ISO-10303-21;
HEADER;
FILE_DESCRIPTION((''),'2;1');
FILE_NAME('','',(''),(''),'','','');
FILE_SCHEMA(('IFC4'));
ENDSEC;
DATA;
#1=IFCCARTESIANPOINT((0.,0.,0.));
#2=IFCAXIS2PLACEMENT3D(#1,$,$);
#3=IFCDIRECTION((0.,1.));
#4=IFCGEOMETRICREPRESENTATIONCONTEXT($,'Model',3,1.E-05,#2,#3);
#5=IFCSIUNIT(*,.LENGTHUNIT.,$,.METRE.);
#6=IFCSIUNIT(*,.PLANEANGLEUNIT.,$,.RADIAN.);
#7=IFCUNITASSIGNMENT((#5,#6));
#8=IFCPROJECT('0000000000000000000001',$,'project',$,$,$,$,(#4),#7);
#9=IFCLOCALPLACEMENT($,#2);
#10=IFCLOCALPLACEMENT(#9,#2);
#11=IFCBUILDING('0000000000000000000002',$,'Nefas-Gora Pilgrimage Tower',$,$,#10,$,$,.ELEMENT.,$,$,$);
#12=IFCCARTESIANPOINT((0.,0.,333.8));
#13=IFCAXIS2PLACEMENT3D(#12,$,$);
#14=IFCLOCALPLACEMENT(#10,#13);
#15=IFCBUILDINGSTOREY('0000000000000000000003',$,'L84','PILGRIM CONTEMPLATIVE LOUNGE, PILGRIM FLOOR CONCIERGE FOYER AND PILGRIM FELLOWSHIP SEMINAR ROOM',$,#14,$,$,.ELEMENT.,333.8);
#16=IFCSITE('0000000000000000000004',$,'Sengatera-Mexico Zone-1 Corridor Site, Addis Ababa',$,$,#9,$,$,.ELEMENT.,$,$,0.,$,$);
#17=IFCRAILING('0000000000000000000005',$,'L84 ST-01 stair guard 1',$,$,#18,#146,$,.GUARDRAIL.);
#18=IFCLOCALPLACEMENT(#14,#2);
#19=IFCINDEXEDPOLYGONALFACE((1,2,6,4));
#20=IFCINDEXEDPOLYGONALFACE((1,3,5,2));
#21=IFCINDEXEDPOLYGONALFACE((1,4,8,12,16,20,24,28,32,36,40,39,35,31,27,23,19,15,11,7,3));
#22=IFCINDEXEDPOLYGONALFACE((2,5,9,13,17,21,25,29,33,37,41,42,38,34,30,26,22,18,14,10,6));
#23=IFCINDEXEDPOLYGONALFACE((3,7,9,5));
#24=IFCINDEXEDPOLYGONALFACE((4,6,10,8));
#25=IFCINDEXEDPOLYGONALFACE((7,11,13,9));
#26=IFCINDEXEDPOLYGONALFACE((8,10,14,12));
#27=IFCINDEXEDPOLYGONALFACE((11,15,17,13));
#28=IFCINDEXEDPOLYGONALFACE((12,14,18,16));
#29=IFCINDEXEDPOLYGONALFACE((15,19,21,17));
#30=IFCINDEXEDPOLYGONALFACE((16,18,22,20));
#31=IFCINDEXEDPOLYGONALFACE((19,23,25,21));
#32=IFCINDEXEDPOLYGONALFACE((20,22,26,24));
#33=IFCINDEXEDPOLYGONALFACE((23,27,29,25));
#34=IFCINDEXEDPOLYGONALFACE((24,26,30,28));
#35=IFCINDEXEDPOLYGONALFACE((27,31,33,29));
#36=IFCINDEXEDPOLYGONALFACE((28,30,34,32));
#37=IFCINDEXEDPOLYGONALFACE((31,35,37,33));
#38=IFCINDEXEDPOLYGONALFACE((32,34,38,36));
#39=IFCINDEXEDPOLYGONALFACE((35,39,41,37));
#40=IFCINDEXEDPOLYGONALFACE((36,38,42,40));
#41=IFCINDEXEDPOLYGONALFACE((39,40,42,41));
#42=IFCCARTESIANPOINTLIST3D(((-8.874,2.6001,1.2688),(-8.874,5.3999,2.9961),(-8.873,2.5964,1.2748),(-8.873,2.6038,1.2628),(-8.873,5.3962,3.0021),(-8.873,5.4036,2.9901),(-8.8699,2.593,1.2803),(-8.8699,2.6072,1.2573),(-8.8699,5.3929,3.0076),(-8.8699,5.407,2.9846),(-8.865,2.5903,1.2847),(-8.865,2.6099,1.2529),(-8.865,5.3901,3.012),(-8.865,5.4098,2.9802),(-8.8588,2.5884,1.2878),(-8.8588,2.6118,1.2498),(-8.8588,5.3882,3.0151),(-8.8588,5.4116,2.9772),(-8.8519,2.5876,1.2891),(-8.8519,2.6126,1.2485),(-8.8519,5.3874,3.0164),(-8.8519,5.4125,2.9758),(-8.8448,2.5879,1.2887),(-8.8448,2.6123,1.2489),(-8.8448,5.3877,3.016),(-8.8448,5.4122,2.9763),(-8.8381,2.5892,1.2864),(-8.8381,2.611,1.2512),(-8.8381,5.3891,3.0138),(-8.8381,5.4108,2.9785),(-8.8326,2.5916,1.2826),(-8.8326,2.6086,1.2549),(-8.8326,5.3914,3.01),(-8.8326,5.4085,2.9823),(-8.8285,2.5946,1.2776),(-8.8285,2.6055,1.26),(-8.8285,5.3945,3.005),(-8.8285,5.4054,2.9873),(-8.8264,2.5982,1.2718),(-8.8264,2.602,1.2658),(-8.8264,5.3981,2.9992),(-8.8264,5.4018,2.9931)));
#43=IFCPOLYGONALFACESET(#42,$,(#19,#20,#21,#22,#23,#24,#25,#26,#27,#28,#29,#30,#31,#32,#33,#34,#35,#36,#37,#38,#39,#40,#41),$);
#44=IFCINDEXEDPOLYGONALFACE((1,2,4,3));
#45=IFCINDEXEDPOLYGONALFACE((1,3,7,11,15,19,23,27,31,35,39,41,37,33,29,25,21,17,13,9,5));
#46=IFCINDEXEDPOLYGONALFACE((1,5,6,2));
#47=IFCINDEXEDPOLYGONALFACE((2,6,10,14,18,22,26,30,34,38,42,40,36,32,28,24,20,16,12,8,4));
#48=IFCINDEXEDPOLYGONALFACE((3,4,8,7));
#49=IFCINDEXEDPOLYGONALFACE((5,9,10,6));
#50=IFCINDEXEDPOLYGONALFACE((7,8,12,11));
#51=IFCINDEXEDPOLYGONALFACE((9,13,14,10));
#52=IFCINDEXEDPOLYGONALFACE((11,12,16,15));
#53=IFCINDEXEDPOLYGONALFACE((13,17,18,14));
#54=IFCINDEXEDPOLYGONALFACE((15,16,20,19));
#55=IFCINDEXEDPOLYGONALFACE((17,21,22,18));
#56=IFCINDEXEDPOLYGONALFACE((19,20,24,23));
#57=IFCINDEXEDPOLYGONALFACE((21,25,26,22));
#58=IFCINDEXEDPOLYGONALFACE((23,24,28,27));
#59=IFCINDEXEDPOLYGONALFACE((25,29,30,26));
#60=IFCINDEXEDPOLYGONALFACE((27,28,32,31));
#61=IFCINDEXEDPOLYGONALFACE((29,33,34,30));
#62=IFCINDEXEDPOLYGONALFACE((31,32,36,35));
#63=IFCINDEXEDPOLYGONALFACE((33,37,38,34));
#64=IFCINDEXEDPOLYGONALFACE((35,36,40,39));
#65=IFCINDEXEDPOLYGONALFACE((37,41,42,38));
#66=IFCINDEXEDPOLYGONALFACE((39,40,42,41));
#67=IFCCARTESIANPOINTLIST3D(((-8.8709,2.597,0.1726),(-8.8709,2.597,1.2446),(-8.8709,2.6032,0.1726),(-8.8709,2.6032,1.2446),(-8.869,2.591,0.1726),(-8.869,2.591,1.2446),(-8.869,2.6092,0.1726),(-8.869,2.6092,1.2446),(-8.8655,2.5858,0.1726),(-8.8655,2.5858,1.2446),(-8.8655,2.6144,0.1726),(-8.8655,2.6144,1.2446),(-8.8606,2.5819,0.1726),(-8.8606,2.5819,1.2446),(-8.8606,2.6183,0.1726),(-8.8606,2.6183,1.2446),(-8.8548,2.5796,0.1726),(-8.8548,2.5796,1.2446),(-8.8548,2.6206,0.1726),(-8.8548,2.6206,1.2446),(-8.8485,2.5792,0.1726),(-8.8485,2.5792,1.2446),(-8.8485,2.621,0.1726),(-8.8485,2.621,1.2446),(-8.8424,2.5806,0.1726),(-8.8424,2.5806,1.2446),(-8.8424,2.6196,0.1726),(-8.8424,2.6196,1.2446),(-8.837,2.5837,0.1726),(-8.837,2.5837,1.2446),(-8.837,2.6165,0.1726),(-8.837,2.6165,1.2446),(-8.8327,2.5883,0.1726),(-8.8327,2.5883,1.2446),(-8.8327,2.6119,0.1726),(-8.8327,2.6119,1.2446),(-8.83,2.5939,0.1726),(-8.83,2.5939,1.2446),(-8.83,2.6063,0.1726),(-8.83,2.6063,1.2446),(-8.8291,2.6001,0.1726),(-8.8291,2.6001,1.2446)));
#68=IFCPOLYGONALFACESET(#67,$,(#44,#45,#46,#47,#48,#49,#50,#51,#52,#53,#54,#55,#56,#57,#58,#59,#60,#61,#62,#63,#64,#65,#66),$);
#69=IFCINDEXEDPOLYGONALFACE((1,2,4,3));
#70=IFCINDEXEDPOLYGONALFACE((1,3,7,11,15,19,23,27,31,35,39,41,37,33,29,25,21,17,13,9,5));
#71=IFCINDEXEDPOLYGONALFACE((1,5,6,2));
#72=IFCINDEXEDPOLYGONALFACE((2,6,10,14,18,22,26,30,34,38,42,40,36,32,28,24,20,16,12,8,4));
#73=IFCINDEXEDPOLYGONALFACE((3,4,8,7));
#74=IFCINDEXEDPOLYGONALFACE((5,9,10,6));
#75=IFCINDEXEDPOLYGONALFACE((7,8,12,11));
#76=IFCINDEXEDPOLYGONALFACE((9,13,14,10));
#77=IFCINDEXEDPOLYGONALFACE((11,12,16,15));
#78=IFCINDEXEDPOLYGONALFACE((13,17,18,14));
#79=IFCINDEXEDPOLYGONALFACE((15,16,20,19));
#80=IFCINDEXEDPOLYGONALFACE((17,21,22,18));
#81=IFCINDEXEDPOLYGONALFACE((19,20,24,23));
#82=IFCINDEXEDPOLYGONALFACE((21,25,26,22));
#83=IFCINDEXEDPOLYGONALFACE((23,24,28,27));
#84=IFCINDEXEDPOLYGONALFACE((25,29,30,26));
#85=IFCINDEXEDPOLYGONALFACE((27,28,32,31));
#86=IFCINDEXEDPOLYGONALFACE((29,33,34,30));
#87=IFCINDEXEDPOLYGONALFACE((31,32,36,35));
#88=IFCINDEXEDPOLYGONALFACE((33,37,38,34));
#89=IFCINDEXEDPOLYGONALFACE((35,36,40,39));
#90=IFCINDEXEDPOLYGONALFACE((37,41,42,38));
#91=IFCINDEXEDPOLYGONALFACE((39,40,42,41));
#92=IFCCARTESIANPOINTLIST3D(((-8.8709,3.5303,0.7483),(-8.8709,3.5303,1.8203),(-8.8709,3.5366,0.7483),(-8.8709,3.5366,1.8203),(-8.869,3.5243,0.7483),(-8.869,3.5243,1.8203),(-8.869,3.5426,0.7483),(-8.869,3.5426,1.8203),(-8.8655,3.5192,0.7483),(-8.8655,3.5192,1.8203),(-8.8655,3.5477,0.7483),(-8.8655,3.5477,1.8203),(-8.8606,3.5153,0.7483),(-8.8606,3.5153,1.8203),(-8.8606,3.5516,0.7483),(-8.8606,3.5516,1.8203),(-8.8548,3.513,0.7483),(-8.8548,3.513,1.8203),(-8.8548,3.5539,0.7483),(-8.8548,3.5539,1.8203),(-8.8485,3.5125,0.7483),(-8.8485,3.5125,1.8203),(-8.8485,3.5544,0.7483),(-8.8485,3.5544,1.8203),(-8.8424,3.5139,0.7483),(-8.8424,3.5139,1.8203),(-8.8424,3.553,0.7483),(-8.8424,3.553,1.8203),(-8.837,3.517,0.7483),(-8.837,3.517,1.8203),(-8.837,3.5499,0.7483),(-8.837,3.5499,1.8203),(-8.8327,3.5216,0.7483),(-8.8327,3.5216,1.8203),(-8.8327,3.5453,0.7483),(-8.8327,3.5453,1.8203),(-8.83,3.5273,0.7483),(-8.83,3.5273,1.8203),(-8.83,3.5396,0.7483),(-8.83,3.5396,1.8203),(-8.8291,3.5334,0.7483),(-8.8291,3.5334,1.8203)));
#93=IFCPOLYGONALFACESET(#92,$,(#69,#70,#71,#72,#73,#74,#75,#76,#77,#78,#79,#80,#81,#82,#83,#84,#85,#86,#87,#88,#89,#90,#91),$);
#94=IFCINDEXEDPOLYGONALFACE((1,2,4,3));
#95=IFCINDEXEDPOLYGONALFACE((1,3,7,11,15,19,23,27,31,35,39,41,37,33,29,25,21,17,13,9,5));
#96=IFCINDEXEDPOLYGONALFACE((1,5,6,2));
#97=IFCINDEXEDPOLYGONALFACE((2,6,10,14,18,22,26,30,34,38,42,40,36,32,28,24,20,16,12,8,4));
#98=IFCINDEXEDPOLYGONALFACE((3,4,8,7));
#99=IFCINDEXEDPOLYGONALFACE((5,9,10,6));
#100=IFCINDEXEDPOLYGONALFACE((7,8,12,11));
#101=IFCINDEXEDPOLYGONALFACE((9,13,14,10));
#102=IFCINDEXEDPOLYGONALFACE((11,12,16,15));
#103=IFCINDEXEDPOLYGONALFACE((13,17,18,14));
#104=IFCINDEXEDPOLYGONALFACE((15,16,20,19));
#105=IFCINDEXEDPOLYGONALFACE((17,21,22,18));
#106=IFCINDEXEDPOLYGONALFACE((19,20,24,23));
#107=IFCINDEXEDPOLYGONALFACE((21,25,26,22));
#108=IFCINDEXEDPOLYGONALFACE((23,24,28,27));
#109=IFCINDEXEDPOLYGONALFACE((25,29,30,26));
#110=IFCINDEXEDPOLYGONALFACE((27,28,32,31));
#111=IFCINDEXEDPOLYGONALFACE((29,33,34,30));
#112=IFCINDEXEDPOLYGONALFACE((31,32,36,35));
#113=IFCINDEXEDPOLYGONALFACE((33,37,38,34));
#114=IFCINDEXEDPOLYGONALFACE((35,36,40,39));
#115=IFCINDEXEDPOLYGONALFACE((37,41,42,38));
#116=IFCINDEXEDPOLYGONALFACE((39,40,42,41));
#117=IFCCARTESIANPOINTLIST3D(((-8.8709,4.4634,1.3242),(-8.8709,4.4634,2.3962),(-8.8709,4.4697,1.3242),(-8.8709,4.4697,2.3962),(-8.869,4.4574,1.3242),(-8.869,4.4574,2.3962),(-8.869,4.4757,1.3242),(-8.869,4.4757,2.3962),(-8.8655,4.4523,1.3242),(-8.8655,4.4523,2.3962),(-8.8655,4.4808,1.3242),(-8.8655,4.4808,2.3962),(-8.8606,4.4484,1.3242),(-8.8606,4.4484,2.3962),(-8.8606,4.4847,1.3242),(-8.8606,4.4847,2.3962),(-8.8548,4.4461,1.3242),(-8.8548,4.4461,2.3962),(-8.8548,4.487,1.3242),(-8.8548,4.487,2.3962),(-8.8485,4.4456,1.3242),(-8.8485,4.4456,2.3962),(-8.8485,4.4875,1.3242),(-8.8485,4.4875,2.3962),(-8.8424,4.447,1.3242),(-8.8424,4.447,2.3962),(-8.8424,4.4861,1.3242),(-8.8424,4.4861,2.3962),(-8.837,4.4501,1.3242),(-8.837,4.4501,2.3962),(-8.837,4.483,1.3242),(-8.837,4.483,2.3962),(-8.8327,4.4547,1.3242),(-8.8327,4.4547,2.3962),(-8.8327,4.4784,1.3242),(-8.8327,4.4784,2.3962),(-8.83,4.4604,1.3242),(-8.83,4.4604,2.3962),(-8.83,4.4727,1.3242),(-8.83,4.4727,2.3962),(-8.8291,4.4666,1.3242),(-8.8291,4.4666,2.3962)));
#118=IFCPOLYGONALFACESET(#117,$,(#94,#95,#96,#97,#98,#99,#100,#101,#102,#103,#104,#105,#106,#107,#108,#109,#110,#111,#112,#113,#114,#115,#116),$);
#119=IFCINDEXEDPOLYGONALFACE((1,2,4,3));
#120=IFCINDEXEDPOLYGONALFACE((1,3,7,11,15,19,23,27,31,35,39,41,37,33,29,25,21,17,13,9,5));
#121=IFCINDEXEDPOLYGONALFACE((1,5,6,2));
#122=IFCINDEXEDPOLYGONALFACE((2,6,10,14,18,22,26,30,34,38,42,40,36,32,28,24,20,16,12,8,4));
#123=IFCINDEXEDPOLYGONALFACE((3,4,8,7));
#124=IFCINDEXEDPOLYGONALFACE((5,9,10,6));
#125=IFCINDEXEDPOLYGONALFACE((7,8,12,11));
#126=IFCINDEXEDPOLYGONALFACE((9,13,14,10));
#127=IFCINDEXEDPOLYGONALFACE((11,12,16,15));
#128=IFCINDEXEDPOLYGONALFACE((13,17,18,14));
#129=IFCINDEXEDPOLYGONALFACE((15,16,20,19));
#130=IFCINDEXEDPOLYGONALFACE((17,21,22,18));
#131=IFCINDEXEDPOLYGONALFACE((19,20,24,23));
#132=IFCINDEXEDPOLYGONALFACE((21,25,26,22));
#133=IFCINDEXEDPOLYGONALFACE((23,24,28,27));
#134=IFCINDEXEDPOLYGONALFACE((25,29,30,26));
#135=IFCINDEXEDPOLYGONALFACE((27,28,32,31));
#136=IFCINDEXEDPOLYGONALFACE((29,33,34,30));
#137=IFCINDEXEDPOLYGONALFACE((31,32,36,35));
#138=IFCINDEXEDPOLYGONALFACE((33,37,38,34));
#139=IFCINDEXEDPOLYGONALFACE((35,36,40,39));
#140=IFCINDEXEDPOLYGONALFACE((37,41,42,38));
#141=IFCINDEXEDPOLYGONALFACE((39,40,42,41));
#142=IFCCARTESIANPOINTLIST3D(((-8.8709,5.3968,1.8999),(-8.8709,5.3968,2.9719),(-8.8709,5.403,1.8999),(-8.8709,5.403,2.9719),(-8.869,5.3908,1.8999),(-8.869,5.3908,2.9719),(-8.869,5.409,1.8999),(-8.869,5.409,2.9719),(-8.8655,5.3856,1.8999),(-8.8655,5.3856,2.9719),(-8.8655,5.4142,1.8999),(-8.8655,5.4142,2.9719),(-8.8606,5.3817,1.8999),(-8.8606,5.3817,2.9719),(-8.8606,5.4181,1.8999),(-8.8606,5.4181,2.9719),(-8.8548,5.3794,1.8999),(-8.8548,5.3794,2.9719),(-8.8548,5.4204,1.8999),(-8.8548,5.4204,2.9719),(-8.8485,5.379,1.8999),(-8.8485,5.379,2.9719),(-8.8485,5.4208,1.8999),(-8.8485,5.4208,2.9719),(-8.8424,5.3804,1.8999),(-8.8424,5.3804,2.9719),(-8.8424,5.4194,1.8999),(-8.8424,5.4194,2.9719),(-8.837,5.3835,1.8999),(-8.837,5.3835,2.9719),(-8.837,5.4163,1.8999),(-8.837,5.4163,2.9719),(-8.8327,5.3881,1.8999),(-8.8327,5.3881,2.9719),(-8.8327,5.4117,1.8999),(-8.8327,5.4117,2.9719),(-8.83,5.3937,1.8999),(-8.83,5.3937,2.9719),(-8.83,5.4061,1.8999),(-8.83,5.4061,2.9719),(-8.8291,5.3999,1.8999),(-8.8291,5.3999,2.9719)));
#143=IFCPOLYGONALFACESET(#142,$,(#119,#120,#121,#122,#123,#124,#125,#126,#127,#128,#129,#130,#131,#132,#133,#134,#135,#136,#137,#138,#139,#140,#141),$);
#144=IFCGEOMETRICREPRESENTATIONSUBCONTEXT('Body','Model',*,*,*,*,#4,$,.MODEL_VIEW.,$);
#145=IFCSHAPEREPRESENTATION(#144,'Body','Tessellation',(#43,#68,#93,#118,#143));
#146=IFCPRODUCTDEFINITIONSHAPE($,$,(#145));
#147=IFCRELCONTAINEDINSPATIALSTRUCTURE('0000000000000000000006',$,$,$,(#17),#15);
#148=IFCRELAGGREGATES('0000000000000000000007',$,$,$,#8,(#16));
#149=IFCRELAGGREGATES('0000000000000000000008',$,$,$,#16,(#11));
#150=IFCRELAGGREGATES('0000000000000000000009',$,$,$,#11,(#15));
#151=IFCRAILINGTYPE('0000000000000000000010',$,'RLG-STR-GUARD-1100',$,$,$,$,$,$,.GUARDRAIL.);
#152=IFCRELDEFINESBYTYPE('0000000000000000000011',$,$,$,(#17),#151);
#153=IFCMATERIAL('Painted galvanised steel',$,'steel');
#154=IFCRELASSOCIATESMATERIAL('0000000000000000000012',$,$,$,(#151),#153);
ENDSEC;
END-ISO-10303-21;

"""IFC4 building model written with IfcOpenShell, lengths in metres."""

from ifc_helpers import new_model, si_unit, direction, frame, origin, origin_2d, place, context, subcontext, project, spatial, circle, extrude, material, type_object, element, save


model = new_model("IFC4")

# Units and contexts
model_context = context("Model", 3, precision=1e-05, world=origin(), true_north=direction((0.0, 1.0)))
body_context = subcontext(model_context, "Body", "Model", "MODEL_VIEW")
ifc_project = project(units=[si_unit("LENGTHUNIT", "METRE"), si_unit("PLANEANGLEUNIT", "RADIAN")], contexts=[model_context])

# Site, building, storey
site_placement = place(None, origin())
site = spatial("IfcSite", under=ifc_project, at=site_placement, Name="Sengatera-Mexico Zone-1 Corridor Site, Addis Ababa", CompositionType="ELEMENT", RefElevation=0.0)
building_placement = place(site_placement, origin())
building = spatial("IfcBuilding", under=site, at=building_placement, Name="Nefas-Gora Pilgrimage Tower", CompositionType="ELEMENT")
storey_placement = place(building_placement, frame((0.0, 0.0, 333.8)))
storey = spatial("IfcBuildingStorey", under=building, at=storey_placement, Name="L84", Description="PILGRIM CONTEMPLATIVE LOUNGE, PILGRIM FLOOR CONCIERGE FOYER AND PILGRIM FELLOWSHIP SEMINAR ROOM", CompositionType="ELEMENT", Elevation=333.8)

# Railing
ifc_material_1 = material(Name="Painted galvanised steel", Category="steel")
railing_type_1 = type_object("IfcRailingType", Name="RLG-STR-GUARD-1100", PredefinedType="GUARDRAIL", material=ifc_material_1)
railing_1_placement = place(storey_placement, frame((-8.8501, 2.6001, 0.1726)))
element("IfcRailing", 1, at=railing_1_placement, inside=storey, type_object=railing_type_1, Name="L84 ST-01 stair guard 1", PredefinedType="GUARDRAIL", context=body_context, shape_type="SweptSolid", body=[
    extrude(circle(Radius=0.0239, at=origin_2d()), frame((0.0, 0.0, 1.0962), z_axis=(0.0, 0.851069, 0.525054), x_axis=(-1.0, 0.0, 0.0)), (0.0, 0.0, 1.0), 3.2898),
    extrude(circle(Radius=0.021, at=origin_2d()), origin(), (0.0, 0.0, 1.0), 1.072),
    extrude(circle(Radius=0.021, at=origin_2d()), frame((0.0, 0.9333, 0.5757)), (0.0, 0.0, 1.0), 1.072),
    extrude(circle(Radius=0.021, at=origin_2d()), frame((0.0, 1.8665, 1.1516)), (0.0, 0.0, 1.0), 1.072),
    extrude(circle(Radius=0.021, at=origin_2d()), frame((0.0, 2.7998, 1.7273)), (0.0, 0.0, 1.0), 1.072),
])

save(model, "model.ifc")
